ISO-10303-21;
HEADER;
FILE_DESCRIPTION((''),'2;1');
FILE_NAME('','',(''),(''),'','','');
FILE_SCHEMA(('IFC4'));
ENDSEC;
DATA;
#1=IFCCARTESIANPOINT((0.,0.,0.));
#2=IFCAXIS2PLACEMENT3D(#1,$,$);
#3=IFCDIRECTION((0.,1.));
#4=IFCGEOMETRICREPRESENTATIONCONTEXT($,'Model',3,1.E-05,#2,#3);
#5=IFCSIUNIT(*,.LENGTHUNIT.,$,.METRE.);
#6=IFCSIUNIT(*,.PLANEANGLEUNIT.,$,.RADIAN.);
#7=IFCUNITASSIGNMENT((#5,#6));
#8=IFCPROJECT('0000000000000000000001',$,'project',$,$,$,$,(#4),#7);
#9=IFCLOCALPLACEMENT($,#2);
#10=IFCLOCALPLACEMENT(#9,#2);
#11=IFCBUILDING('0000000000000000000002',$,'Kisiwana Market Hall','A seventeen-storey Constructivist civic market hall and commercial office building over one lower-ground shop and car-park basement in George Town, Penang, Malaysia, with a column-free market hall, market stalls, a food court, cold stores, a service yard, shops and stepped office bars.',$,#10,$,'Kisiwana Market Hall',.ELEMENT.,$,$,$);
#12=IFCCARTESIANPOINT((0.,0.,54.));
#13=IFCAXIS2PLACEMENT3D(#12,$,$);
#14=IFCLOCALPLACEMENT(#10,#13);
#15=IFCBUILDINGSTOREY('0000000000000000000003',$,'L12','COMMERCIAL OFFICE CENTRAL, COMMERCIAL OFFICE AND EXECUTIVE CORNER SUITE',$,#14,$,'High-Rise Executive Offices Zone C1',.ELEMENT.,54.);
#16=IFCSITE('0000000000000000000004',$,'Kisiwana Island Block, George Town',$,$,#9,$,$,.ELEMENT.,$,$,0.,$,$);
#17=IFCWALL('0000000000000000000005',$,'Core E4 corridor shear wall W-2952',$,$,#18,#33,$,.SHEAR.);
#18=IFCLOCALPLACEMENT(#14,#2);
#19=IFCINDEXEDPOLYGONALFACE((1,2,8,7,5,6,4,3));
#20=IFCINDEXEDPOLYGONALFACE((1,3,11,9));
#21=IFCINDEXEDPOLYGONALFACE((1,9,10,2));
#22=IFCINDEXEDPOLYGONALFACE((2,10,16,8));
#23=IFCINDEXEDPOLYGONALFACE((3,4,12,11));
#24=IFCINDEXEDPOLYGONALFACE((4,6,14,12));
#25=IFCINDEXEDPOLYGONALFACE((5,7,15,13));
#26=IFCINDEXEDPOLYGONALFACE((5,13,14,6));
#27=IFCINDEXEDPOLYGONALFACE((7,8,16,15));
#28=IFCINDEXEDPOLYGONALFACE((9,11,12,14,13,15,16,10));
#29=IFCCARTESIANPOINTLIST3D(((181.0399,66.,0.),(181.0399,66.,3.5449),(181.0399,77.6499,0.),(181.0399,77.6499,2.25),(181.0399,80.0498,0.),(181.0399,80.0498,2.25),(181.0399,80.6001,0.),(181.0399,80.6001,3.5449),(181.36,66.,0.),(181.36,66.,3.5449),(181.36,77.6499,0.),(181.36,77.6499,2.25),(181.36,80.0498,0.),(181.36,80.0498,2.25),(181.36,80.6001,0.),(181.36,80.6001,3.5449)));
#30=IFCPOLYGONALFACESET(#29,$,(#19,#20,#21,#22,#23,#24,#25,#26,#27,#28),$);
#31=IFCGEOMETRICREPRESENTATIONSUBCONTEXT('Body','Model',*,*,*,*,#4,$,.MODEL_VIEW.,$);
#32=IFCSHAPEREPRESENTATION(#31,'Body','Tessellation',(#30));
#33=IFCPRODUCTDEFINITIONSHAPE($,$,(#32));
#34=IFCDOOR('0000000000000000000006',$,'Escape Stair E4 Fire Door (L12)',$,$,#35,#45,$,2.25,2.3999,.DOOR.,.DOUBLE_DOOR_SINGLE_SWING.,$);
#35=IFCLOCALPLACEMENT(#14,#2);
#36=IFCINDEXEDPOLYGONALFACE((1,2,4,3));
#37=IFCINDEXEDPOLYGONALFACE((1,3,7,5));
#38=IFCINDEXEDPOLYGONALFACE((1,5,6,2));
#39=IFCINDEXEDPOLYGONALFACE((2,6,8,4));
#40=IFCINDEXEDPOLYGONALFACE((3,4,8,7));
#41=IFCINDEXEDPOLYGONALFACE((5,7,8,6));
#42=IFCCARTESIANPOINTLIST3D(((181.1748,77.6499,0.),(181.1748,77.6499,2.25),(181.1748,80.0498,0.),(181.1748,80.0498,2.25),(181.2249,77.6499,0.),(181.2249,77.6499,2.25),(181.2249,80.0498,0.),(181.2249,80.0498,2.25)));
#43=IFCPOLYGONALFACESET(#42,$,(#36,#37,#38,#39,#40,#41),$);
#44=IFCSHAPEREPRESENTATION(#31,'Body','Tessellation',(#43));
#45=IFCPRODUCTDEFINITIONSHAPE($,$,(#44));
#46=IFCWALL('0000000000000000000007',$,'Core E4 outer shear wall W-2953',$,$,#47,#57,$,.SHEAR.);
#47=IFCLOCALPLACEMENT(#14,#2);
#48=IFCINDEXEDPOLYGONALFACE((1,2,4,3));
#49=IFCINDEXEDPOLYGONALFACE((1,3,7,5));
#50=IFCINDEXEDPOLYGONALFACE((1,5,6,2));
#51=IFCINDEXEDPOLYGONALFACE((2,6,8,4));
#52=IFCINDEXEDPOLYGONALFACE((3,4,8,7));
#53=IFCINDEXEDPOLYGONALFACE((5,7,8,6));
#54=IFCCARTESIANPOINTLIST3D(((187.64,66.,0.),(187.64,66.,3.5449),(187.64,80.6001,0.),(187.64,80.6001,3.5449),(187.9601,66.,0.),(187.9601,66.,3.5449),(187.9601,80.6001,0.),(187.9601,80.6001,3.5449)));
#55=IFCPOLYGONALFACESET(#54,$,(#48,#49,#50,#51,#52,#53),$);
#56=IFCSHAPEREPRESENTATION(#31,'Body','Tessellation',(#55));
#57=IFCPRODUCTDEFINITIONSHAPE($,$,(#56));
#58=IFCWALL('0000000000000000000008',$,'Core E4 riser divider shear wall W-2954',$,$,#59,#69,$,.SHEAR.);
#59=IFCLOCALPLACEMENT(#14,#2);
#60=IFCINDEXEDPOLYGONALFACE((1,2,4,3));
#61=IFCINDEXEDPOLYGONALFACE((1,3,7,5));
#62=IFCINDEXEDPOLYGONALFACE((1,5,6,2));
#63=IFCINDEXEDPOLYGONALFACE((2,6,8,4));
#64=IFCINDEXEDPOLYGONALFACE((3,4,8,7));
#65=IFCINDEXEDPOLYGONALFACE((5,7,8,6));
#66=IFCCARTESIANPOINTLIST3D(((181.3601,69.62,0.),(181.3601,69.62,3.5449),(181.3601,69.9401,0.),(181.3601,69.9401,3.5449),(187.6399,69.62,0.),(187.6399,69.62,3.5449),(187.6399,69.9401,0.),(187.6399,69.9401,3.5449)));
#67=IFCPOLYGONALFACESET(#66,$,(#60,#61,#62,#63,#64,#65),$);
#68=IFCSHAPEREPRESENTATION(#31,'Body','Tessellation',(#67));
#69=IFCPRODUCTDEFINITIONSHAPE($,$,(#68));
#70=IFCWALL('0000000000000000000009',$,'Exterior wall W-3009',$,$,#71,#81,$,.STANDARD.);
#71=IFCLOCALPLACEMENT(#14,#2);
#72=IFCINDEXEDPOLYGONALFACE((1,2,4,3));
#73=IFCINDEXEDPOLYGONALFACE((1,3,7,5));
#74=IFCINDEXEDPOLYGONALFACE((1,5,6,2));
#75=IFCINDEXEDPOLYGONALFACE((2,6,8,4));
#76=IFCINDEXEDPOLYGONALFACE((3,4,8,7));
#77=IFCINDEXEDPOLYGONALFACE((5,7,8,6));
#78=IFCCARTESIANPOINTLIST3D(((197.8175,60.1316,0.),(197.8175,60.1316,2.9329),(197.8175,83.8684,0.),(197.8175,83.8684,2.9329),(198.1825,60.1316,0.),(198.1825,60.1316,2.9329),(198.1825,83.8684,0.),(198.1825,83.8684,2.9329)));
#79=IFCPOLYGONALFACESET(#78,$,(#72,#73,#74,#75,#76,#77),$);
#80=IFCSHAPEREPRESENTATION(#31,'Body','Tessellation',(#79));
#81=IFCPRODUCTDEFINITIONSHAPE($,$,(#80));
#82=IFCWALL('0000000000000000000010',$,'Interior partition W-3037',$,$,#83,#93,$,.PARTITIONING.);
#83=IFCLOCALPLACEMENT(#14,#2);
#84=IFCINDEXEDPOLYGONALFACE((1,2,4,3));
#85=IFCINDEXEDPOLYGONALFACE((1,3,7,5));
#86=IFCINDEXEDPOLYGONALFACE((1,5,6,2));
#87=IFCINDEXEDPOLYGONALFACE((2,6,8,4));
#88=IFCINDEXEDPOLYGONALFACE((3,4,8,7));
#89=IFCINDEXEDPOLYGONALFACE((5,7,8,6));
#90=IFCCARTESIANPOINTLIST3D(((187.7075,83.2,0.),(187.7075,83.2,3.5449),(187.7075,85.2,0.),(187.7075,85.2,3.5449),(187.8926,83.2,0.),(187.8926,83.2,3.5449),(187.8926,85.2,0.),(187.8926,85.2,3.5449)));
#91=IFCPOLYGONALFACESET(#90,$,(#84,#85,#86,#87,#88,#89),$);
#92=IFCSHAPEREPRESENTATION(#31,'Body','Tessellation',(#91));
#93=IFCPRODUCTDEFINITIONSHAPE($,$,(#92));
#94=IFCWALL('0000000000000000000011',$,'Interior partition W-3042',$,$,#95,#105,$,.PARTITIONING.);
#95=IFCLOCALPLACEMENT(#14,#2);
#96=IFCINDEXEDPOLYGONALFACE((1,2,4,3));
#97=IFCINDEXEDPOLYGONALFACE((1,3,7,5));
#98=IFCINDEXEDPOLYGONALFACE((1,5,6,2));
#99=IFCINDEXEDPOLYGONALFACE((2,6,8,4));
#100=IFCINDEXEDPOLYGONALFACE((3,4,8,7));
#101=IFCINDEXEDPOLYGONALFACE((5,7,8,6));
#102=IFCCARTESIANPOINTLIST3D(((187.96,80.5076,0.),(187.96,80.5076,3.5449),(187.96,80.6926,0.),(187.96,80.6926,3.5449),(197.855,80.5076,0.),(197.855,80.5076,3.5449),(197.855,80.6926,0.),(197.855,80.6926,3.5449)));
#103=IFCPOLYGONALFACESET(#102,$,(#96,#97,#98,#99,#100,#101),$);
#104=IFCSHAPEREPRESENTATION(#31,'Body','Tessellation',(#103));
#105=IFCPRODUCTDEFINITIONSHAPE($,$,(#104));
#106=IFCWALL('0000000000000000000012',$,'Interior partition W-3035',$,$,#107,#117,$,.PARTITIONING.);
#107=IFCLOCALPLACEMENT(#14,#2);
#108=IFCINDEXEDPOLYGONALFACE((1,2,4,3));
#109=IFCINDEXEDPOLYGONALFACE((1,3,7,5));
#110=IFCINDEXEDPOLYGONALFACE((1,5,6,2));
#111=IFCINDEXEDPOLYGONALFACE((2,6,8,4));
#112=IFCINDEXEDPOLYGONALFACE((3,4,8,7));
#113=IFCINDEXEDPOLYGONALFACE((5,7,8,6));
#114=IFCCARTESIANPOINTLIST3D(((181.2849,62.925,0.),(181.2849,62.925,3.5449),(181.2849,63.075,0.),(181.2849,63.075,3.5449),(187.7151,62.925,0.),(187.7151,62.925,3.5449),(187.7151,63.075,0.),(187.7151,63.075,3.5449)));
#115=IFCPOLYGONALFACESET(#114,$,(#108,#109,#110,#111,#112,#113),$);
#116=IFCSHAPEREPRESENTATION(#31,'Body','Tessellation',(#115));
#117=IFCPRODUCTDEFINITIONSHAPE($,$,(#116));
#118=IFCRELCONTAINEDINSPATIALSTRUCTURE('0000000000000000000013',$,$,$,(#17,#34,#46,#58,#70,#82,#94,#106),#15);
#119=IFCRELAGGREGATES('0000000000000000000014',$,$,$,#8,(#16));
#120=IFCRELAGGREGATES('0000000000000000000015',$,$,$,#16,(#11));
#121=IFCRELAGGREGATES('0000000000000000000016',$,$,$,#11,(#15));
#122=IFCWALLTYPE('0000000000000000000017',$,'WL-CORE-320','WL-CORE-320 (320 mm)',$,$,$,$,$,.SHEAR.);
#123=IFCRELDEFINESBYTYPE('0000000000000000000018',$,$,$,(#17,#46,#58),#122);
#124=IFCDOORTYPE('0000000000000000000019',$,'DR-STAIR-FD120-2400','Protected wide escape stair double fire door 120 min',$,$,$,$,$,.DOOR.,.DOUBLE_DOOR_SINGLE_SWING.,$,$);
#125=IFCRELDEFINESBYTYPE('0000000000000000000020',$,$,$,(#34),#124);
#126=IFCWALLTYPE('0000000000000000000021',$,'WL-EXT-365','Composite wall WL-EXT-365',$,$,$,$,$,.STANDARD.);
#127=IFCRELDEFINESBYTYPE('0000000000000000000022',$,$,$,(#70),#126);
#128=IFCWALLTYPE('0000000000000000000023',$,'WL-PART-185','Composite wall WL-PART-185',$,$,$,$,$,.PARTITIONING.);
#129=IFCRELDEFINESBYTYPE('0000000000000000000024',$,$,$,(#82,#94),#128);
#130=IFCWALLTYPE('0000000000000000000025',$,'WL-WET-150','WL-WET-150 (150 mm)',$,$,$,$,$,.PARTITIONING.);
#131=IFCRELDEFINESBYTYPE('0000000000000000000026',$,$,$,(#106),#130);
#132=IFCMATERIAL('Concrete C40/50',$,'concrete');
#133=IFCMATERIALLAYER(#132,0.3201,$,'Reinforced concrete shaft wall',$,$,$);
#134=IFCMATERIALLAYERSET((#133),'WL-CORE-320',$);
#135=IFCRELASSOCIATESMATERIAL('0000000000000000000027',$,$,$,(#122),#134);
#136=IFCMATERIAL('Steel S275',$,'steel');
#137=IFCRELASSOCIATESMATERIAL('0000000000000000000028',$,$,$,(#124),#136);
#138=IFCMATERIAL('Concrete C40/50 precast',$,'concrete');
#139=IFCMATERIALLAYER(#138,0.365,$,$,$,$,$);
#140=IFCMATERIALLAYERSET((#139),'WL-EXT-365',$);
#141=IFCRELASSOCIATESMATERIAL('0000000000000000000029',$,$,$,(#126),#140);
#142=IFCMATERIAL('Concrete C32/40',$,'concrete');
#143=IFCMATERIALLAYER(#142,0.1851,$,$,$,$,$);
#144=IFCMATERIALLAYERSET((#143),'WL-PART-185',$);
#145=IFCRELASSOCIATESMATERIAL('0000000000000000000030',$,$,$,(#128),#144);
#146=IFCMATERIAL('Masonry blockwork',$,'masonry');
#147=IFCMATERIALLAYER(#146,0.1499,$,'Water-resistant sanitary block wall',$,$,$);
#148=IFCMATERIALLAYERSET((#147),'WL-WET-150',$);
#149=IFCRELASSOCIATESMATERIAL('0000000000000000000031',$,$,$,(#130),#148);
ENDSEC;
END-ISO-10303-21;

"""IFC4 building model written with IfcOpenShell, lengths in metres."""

from ifc_helpers import new_model, si_unit, direction, frame, frame_2d, origin, place, context, subcontext, project, spatial, rectangle, extrude, material, layer, layer_set, type_object, element, fill, save


model = new_model("IFC4")

# Units and contexts
model_context = context("Model", 3, precision=1e-05, world=origin(), true_north=direction((0.0, 1.0)))
body_context = subcontext(model_context, "Body", "Model", "MODEL_VIEW")
ifc_project = project(units=[si_unit("LENGTHUNIT", "METRE"), si_unit("PLANEANGLEUNIT", "RADIAN")], contexts=[model_context])

# Site, building, storey
site_placement = place(None, origin())
site = spatial("IfcSite", under=ifc_project, at=site_placement, Name="Kisiwana Island Block, George Town", CompositionType="ELEMENT", RefElevation=0.0)
building_placement = place(site_placement, origin())
building = spatial("IfcBuilding", under=site, at=building_placement, Name="Kisiwana Market Hall", Description="A seventeen-storey Constructivist civic market hall and commercial office building over one lower-ground shop and car-park basement in George Town, Penang, Malaysia, with a column-free market hall, market stalls, a food court, cold stores, a service yard, shops and stepped office bars.", LongName="Kisiwana Market Hall", CompositionType="ELEMENT")
storey_placement = place(building_placement, frame((0.0, 0.0, 54.0)))
storey = spatial("IfcBuildingStorey", under=building, at=storey_placement, Name="L12", Description="COMMERCIAL OFFICE CENTRAL, COMMERCIAL OFFICE AND EXECUTIVE CORNER SUITE", LongName="High-Rise Executive Offices Zone C1", CompositionType="ELEMENT", Elevation=54.0)

# Shared definitions
ifc_material_1 = material(Name="Concrete C40/50", Category="concrete")
ifc_layer_1 = layer(ifc_material_1, 0.3201, Name="Reinforced concrete shaft wall")
ifc_layer_set_1 = layer_set([ifc_layer_1], Name="WL-CORE-320")
wall_type_1 = type_object("IfcWallType", Name="WL-CORE-320", Description="WL-CORE-320 (320 mm)", PredefinedType="SHEAR", material=ifc_layer_set_1)

# Wall, opening, door
wall_1_placement = place(storey_placement, frame((181.2, 66.0, 0.0), z_axis=(0.0, 0.0, 1.0), x_axis=(0.0, 1.0, 0.0)))
wall_1 = element("IfcWall", 1, at=wall_1_placement, inside=storey, type_object=wall_type_1, Name="Core E4 corridor shear wall W-2952", PredefinedType="SHEAR", context=body_context, shape_type="SweptSolid", body=[
    extrude(rectangle(XDim=14.6001, YDim=0.3201, at=frame_2d((7.3, 0.0))), origin(), (0.0, 0.0, 1.0), 3.5449),
])
opening_placement = place(wall_1_placement, frame((11.6499, 0.0, 0.0)))
opening = element("IfcOpeningElement", 2, at=opening_placement, cuts=wall_1, PredefinedType="OPENING", context=body_context, shape_type="SweptSolid", body=[
    extrude(rectangle(XDim=2.3999, YDim=2.25, at=frame_2d((1.2, 1.125))), frame((0.0, 0.1719, 0.0), z_axis=(0.0, -1.0, 0.0), x_axis=(1.0, 0.0, 0.0)), (0.0, 0.0, 1.0), 0.344),
])
ifc_material_2 = material(Name="Steel S275", Category="steel")
door_type = type_object("IfcDoorType", Name="DR-STAIR-FD120-2400", Description="Protected wide escape stair double fire door 120 min", OperationType="DOUBLE_DOOR_SINGLE_SWING", PredefinedType="DOOR", material=ifc_material_2)
door_placement = place(opening_placement, frame((2.3999, 0.0, 0.0), z_axis=(0.0, 0.0, 1.0), x_axis=(-1.0, 0.0, 0.0)))
door = element("IfcDoor", 3, at=door_placement, inside=storey, type_object=door_type, Name="Escape Stair E4 Fire Door (L12)", OperationType="DOUBLE_DOOR_SINGLE_SWING", OverallHeight=2.25, OverallWidth=2.3999, PredefinedType="DOOR", context=body_context, shape_type="SweptSolid", body=[
    extrude(rectangle(XDim=2.3999, YDim=2.25, at=frame_2d((1.2, 1.125))), frame((0.0, 0.0249, 0.0), z_axis=(0.0, -1.0, 0.0), x_axis=(1.0, 0.0, 0.0)), (0.0, 0.0, 1.0), 0.05),
])
fill(opening, door)

# Walls
wall_2_placement = place(storey_placement, frame((187.8, 66.0, 0.0), z_axis=(0.0, 0.0, 1.0), x_axis=(0.0, 1.0, 0.0)))
element("IfcWall", 4, at=wall_2_placement, inside=storey, type_object=wall_type_1, Name="Core E4 outer shear wall W-2953", PredefinedType="SHEAR", context=body_context, shape_type="SweptSolid", body=[
    extrude(rectangle(XDim=14.6001, YDim=0.3201, at=frame_2d((7.3, 0.0))), origin(), (0.0, 0.0, 1.0), 3.5449),
])
wall_3_placement = place(storey_placement, frame((181.3601, 69.78, 0.0), z_axis=(0.0, 0.0, 1.0), x_axis=(1.0, 0.0, 0.0)))
element("IfcWall", 5, at=wall_3_placement, inside=storey, type_object=wall_type_1, Name="Core E4 riser divider shear wall W-2954", PredefinedType="SHEAR", context=body_context, shape_type="SweptSolid", body=[
    extrude(rectangle(XDim=6.2798, YDim=0.3201, at=frame_2d((3.1399, 0.0))), origin(), (0.0, 0.0, 1.0), 3.5449),
])
ifc_material_3 = material(Name="Concrete C40/50 precast", Category="concrete")
ifc_layer_2 = layer(ifc_material_3, 0.365)
ifc_layer_set_2 = layer_set([ifc_layer_2], Name="WL-EXT-365")
wall_type_2 = type_object("IfcWallType", Name="WL-EXT-365", Description="Composite wall WL-EXT-365", PredefinedType="STANDARD", material=ifc_layer_set_2)
wall_4_placement = place(storey_placement, frame((198.0, 60.1316, 0.0), z_axis=(0.0, 0.0, 1.0), x_axis=(0.0, 1.0, 0.0)))
element("IfcWall", 6, at=wall_4_placement, inside=storey, type_object=wall_type_2, Name="Exterior wall W-3009", PredefinedType="STANDARD", context=body_context, shape_type="SweptSolid", body=[
    extrude(rectangle(XDim=23.7368, YDim=0.365, at=frame_2d((11.8684, 0.0))), origin(), (0.0, 0.0, 1.0), 2.9329),
])
ifc_material_4 = material(Name="Concrete C32/40", Category="concrete")
ifc_layer_3 = layer(ifc_material_4, 0.1851)
ifc_layer_set_3 = layer_set([ifc_layer_3], Name="WL-PART-185")
wall_type_3 = type_object("IfcWallType", Name="WL-PART-185", Description="Composite wall WL-PART-185", PredefinedType="PARTITIONING", material=ifc_layer_set_3)
wall_5_placement = place(storey_placement, frame((187.8, 83.2, 0.0), z_axis=(0.0, 0.0, 1.0), x_axis=(0.0, 1.0, 0.0)))
element("IfcWall", 7, at=wall_5_placement, inside=storey, type_object=wall_type_3, Name="Interior partition W-3037", PredefinedType="PARTITIONING", context=body_context, shape_type="SweptSolid", body=[
    extrude(rectangle(XDim=2.0, YDim=0.1851, at=frame_2d((1.0, 0.0))), origin(), (0.0, 0.0, 1.0), 3.5449),
])
wall_6_placement = place(storey_placement, frame((187.96, 80.6001, 0.0), z_axis=(0.0, 0.0, 1.0), x_axis=(1.0, 0.0, 0.0)))
element("IfcWall", 8, at=wall_6_placement, inside=storey, type_object=wall_type_3, Name="Interior partition W-3042", PredefinedType="PARTITIONING", context=body_context, shape_type="SweptSolid", body=[
    extrude(rectangle(XDim=9.895, YDim=0.1851, at=frame_2d((4.9475, 0.0))), origin(), (0.0, 0.0, 1.0), 3.5449),
])
ifc_material_5 = material(Name="Masonry blockwork", Category="masonry")
ifc_layer_4 = layer(ifc_material_5, 0.1499, Name="Water-resistant sanitary block wall")
ifc_layer_set_4 = layer_set([ifc_layer_4], Name="WL-WET-150")
wall_type_4 = type_object("IfcWallType", Name="WL-WET-150", Description="WL-WET-150 (150 mm)", PredefinedType="PARTITIONING", material=ifc_layer_set_4)
wall_7_placement = place(storey_placement, frame((181.2849, 63.0, 0.0), z_axis=(0.0, 0.0, 1.0), x_axis=(1.0, 0.0, 0.0)))
element("IfcWall", 9, at=wall_7_placement, inside=storey, type_object=wall_type_4, Name="Interior partition W-3035", PredefinedType="PARTITIONING", context=body_context, shape_type="SweptSolid", body=[
    extrude(rectangle(XDim=6.4302, YDim=0.1499, at=frame_2d((3.2151, 0.0))), origin(), (0.0, 0.0, 1.0), 3.5449),
])

save(model, "model.ifc")
